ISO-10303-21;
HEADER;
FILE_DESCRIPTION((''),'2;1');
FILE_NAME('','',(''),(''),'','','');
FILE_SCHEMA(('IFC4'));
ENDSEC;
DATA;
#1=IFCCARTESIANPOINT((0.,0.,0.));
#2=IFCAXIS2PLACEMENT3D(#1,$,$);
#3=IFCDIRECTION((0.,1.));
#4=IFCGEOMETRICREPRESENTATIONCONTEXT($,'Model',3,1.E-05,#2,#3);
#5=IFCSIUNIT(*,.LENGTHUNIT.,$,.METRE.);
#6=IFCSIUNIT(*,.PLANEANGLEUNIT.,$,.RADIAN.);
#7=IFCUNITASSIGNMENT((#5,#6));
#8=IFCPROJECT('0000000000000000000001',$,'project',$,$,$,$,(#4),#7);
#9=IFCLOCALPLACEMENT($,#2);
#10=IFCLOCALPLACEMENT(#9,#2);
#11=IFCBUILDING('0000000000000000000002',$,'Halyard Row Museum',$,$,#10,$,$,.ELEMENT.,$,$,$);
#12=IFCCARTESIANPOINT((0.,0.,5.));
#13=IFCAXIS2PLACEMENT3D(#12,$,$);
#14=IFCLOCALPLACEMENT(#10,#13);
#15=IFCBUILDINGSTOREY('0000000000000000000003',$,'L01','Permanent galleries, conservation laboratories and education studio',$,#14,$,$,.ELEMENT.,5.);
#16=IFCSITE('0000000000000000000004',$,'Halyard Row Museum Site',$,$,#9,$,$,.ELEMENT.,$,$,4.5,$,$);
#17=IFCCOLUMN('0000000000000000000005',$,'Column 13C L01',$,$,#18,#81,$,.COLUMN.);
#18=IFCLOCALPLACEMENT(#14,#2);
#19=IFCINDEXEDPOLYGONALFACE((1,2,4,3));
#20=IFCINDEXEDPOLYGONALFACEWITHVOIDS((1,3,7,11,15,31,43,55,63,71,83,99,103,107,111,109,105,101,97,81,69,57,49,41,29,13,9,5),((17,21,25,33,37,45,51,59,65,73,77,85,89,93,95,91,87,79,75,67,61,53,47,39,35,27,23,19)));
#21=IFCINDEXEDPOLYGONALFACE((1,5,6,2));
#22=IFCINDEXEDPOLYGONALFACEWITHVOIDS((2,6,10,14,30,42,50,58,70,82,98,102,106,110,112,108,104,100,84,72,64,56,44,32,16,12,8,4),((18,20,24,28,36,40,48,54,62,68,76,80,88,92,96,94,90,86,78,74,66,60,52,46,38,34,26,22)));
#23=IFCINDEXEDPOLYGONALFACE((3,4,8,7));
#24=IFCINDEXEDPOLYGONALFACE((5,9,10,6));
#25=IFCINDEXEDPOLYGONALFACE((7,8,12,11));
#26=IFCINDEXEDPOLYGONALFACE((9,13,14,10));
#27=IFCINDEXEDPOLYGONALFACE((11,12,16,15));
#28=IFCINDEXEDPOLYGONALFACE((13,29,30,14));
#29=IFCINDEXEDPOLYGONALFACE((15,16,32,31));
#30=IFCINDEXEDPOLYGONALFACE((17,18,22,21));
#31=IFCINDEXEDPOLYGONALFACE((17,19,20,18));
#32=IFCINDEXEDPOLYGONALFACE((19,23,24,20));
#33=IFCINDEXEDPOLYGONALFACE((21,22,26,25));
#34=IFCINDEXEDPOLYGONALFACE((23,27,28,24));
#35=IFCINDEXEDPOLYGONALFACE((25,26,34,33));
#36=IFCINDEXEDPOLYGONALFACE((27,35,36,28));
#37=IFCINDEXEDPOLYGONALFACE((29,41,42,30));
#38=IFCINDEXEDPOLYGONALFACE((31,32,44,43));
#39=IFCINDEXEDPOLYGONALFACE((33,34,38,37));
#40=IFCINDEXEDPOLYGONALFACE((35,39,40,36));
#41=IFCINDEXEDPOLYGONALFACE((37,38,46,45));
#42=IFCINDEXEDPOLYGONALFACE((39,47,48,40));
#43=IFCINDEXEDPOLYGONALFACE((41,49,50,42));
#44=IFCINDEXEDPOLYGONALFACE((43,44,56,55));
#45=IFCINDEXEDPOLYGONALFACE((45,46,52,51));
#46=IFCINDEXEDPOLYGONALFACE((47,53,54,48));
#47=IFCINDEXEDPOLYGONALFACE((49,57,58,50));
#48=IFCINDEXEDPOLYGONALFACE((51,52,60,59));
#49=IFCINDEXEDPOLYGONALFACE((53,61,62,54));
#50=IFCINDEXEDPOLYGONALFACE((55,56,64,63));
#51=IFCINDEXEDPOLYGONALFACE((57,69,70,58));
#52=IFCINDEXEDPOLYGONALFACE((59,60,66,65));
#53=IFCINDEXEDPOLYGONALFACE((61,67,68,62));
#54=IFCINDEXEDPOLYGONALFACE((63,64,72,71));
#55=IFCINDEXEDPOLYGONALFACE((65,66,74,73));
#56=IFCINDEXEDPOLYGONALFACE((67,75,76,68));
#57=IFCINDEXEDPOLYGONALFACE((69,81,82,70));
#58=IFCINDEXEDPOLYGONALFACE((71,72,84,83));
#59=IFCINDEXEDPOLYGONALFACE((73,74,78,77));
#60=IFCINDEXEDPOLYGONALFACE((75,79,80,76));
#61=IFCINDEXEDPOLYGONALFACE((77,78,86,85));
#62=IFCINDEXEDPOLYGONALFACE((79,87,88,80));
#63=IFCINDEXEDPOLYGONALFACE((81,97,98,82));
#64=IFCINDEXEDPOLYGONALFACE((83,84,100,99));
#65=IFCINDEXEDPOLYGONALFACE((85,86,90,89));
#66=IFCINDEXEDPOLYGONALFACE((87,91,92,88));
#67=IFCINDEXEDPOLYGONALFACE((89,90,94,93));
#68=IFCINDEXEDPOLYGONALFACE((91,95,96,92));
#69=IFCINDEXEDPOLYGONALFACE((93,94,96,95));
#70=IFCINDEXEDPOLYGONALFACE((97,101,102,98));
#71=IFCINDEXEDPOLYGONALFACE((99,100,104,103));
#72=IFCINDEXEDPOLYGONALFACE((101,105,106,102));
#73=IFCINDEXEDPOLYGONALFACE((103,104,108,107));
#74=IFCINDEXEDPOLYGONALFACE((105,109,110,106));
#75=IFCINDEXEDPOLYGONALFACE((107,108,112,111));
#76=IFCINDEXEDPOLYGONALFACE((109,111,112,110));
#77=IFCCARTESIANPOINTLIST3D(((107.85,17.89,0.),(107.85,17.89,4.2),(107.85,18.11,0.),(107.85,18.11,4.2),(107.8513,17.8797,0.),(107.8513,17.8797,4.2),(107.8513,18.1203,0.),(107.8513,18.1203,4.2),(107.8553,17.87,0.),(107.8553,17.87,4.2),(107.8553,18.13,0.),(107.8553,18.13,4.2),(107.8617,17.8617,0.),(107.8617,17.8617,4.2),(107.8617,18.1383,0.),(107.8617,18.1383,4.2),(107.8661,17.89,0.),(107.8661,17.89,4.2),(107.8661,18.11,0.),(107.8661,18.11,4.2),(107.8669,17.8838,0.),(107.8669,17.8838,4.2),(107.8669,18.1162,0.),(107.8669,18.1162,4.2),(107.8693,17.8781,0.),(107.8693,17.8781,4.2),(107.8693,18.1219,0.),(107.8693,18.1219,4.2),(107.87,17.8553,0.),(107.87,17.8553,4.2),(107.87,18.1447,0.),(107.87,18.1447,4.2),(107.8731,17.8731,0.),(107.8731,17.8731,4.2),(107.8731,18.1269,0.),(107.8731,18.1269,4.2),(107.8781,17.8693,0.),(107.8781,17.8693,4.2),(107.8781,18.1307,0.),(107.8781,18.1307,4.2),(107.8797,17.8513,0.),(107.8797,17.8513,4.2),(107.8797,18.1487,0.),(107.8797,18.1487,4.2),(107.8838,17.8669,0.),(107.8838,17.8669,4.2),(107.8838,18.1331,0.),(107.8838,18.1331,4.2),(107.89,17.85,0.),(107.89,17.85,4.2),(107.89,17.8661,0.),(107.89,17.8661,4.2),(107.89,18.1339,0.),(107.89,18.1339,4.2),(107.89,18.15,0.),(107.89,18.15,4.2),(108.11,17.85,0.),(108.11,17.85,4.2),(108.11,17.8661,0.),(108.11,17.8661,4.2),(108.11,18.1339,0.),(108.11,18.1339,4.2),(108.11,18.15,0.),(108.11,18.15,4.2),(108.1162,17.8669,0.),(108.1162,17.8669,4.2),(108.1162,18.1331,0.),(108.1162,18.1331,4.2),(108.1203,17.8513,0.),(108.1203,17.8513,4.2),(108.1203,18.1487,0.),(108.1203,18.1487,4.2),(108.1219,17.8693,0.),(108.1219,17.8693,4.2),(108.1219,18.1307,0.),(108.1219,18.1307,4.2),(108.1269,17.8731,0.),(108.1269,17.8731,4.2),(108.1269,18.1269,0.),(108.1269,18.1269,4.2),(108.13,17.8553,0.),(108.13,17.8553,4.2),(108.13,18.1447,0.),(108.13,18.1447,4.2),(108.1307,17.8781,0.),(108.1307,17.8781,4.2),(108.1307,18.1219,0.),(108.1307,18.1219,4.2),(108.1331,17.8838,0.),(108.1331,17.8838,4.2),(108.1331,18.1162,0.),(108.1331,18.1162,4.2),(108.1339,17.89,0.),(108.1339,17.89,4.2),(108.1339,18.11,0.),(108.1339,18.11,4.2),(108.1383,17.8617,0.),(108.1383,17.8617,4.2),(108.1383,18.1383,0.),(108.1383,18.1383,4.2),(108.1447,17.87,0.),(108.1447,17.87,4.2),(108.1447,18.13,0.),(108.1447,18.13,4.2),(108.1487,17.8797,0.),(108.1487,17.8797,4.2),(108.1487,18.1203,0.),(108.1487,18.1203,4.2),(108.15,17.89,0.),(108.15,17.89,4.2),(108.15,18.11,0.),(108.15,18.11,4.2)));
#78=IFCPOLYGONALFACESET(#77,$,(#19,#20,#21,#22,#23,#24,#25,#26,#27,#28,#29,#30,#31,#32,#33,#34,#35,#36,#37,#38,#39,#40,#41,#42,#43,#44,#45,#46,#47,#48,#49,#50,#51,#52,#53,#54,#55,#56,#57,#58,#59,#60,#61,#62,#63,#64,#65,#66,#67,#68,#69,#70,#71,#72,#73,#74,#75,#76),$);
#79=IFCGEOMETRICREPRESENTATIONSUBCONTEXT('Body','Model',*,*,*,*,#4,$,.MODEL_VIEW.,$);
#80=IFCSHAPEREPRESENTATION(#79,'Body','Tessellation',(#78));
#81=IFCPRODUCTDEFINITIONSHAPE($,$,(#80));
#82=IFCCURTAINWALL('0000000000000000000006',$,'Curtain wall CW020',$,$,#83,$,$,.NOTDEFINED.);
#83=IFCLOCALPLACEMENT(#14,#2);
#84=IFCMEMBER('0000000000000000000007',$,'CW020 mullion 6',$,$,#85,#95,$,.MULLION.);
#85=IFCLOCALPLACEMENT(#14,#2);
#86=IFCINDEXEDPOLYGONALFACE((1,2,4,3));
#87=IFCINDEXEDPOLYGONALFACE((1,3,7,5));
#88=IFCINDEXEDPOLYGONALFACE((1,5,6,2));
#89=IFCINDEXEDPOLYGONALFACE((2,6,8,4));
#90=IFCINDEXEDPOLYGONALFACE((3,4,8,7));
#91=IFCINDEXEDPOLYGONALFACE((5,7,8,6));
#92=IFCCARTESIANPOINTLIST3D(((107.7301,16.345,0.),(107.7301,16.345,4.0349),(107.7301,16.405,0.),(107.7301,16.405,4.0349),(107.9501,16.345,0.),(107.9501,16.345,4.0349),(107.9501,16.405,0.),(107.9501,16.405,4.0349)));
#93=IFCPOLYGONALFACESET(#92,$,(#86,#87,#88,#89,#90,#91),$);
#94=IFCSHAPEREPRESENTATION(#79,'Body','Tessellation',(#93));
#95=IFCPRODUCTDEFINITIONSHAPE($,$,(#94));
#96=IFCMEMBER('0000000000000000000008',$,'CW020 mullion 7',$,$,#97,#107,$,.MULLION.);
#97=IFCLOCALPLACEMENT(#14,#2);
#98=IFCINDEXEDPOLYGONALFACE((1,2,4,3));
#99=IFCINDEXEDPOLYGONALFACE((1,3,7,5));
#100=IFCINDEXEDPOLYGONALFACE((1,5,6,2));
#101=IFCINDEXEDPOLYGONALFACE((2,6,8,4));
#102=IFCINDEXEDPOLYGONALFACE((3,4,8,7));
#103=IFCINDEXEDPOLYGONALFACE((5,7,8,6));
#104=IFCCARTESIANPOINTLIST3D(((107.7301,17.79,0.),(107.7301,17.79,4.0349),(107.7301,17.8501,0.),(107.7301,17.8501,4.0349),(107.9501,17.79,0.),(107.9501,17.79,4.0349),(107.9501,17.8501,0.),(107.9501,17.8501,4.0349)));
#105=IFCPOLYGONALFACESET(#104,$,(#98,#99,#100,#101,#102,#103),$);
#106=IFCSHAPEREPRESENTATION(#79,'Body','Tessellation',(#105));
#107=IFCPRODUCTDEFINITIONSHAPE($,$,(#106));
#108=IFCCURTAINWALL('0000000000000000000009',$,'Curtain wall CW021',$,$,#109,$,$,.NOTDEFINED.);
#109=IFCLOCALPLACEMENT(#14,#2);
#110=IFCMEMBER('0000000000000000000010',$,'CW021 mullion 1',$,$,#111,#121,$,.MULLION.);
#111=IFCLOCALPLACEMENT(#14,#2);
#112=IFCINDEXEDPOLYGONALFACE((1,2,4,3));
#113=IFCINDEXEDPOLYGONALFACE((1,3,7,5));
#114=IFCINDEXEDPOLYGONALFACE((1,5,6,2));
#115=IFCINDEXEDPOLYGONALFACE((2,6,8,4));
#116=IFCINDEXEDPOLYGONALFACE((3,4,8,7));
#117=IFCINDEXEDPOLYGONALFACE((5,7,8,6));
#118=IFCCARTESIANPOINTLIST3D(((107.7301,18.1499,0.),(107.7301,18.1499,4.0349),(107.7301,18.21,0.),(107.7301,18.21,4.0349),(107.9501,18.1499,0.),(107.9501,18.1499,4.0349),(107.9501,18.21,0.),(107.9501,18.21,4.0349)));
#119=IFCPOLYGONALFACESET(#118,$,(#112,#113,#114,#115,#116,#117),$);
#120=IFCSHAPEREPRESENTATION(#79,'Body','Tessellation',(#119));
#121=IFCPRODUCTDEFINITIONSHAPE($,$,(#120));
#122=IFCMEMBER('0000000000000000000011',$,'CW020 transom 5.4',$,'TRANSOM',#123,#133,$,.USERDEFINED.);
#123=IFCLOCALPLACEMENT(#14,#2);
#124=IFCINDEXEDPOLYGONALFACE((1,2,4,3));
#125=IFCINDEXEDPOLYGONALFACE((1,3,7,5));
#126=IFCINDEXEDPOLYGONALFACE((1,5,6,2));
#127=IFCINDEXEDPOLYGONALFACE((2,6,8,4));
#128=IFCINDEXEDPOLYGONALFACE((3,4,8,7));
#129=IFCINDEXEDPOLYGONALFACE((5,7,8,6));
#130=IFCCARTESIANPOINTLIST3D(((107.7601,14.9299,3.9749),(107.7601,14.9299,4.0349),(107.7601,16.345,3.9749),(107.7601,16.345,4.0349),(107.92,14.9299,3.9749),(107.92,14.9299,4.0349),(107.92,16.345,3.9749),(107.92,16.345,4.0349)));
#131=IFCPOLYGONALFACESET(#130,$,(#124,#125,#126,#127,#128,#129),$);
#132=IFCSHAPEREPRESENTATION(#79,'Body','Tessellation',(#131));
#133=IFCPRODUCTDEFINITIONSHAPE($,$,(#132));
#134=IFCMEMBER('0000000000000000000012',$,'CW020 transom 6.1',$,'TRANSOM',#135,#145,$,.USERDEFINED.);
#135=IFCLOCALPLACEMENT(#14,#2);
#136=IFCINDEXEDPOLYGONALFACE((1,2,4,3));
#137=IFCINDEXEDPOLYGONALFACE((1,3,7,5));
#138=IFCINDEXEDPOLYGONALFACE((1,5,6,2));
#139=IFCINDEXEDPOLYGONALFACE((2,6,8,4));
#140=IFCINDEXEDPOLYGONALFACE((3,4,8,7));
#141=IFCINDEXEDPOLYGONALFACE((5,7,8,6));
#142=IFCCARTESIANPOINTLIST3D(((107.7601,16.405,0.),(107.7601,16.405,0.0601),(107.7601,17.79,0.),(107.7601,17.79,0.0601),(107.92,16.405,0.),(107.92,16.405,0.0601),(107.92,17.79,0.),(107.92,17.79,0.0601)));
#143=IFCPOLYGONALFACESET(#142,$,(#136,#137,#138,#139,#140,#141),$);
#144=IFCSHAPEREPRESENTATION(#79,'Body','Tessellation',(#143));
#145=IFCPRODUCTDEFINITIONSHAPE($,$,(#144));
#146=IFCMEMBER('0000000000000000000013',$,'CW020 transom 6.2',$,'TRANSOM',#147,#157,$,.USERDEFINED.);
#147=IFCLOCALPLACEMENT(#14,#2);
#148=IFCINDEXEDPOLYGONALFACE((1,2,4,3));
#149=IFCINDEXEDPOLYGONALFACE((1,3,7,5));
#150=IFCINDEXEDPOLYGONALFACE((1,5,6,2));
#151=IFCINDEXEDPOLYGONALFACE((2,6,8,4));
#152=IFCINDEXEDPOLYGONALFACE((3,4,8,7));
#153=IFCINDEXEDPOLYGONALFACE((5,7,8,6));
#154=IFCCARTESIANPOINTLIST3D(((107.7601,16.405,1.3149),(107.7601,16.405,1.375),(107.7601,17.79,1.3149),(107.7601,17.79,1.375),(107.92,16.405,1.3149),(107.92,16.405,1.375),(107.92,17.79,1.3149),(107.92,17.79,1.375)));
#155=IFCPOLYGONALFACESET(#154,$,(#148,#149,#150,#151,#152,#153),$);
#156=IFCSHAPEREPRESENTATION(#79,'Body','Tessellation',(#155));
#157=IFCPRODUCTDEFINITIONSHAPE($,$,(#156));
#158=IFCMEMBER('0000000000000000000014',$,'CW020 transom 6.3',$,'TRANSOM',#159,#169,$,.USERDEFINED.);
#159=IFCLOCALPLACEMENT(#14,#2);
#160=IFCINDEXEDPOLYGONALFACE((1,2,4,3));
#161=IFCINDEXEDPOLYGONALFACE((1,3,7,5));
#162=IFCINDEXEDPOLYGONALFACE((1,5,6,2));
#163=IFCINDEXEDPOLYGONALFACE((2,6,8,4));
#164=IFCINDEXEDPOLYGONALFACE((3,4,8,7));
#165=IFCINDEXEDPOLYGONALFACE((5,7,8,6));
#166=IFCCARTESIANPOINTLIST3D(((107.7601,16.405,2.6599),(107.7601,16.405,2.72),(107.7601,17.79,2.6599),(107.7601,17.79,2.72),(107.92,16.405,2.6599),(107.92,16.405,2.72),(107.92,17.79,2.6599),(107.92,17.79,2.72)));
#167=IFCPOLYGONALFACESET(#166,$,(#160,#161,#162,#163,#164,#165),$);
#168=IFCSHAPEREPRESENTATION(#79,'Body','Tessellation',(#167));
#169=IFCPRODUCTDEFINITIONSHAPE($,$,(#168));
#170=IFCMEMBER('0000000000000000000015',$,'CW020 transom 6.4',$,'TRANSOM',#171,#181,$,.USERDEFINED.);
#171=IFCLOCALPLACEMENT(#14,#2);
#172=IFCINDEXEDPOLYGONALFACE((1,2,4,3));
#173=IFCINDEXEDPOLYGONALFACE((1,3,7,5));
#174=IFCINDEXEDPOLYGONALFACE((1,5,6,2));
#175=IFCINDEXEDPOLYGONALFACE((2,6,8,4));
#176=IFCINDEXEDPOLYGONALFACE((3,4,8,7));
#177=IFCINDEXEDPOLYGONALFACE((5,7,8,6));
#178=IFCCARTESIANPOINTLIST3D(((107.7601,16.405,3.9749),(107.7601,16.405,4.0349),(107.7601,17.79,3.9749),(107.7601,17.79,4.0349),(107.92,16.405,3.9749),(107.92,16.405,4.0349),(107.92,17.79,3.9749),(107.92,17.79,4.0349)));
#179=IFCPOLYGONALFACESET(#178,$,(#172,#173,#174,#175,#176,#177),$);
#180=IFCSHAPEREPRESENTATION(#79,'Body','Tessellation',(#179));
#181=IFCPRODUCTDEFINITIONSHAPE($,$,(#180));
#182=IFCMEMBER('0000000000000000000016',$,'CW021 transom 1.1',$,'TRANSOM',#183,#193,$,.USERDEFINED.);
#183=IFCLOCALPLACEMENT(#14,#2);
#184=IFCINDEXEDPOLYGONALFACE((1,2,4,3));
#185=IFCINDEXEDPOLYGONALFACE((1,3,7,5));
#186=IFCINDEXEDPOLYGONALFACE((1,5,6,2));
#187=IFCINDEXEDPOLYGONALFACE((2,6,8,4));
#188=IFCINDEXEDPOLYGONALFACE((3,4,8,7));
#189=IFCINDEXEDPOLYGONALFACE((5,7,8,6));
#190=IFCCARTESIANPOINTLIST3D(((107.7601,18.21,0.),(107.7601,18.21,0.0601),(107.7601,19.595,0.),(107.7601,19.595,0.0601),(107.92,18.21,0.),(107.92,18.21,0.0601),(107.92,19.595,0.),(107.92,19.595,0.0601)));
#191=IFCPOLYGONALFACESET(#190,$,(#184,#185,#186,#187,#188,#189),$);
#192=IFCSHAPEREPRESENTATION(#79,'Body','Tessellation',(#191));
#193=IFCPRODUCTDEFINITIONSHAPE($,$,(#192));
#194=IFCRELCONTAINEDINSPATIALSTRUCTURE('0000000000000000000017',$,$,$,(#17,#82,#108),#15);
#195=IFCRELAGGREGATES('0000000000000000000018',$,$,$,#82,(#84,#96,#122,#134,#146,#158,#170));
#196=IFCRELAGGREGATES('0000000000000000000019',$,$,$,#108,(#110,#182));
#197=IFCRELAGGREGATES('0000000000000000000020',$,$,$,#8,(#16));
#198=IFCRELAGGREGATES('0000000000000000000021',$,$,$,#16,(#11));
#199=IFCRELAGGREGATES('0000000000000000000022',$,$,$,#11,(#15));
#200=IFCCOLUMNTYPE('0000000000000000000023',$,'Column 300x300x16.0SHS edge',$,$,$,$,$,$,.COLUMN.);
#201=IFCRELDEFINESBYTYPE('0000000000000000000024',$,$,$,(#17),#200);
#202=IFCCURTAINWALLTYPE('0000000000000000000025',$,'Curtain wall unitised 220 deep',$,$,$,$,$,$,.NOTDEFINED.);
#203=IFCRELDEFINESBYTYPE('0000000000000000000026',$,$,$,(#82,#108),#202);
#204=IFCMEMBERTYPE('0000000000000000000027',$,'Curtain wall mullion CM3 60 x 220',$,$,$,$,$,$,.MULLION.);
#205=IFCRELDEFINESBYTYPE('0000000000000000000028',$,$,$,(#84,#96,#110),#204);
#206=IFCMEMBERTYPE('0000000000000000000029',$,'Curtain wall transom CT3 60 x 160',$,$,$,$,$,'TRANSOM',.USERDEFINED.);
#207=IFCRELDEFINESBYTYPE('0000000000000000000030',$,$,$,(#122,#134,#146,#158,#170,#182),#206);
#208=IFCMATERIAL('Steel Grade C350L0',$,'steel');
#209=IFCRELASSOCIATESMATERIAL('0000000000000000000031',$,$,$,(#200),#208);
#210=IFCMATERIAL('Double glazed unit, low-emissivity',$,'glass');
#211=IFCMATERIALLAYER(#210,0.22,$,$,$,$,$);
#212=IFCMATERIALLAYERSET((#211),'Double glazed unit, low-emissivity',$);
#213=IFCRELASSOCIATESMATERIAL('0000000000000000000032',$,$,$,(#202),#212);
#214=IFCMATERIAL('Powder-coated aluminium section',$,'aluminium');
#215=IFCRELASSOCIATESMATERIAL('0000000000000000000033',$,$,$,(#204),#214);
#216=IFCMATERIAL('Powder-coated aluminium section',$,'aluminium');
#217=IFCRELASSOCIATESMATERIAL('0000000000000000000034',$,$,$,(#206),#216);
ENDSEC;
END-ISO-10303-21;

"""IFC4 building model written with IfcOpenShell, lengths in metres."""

from ifc_helpers import new_model, si_unit, direction, frame, origin, origin_2d, place, context, subcontext, project, spatial, rectangle, hollow_rectangle, extrude, material, layer, layer_set, material_profile, profile_set, type_object, element, aggregate, save


model = new_model("IFC4")

# Units and contexts
model_context = context("Model", 3, precision=1e-05, world=origin(), true_north=direction((0.0, 1.0)))
body_context = subcontext(model_context, "Body", "Model", "MODEL_VIEW")
ifc_project = project(units=[si_unit("LENGTHUNIT", "METRE"), si_unit("PLANEANGLEUNIT", "RADIAN")], contexts=[model_context])

# Site, building, storey
site_placement = place(None, origin())
site = spatial("IfcSite", under=ifc_project, at=site_placement, Name="Halyard Row Museum Site", CompositionType="ELEMENT", RefElevation=4.5)
building_placement = place(site_placement, origin())
building = spatial("IfcBuilding", under=site, at=building_placement, Name="Halyard Row Museum", CompositionType="ELEMENT")
storey_placement = place(building_placement, frame((0.0, 0.0, 5.0)))
storey = spatial("IfcBuildingStorey", under=building, at=storey_placement, Name="L01", Description="Permanent galleries, conservation laboratories and education studio", CompositionType="ELEMENT", Elevation=5.0)

# Column
ifc_material_1 = material(Name="Steel Grade C350L0", Category="steel")
ifc_material_profile_1 = material_profile(ifc_material_1, hollow_rectangle(XDim=0.3, YDim=0.3, WallThickness=0.0161, InnerFilletRadius=0.0239, OuterFilletRadius=0.04, at=origin_2d()), Name="300x300x16.0SHS")
ifc_profile_set_1 = profile_set([ifc_material_profile_1], Name="Steel Grade C350L0")
column_type = type_object("IfcColumnType", Name="Column 300x300x16.0SHS edge", PredefinedType="COLUMN", material=ifc_profile_set_1)
column_placement = place(storey_placement, frame((108.0, 18.0, 0.0), z_axis=(0.0, 0.0, 1.0), x_axis=(1.0, 0.0, 0.0)))
element("IfcColumn", 1, at=column_placement, inside=storey, type_object=column_type, Name="Column 13C L01", PredefinedType="COLUMN", context=body_context, shape_type="SweptSolid", body=[
    extrude(hollow_rectangle(XDim=0.3, YDim=0.3, WallThickness=0.0161, InnerFilletRadius=0.0239, OuterFilletRadius=0.04, at=origin_2d()), origin(), (0.0, 0.0, 1.0), 4.2),
])

# Curtain wall, members
ifc_material_2 = material(Name="Double glazed unit, low-emissivity", Category="glass")
ifc_layer_1 = layer(ifc_material_2, 0.22)
ifc_layer_set_1 = layer_set([ifc_layer_1], Name="Double glazed unit, low-emissivity")
curtain_wall_type = type_object("IfcCurtainWallType", Name="Curtain wall unitised 220 deep", PredefinedType="NOTDEFINED", material=ifc_layer_set_1)
curtain_wall_1_placement = place(storey_placement, origin())
curtain_wall_1 = element("IfcCurtainWall", 2, at=curtain_wall_1_placement, inside=storey, type_object=curtain_wall_type, Name="Curtain wall CW020", PredefinedType="NOTDEFINED")
ifc_material_3 = material(Name="Powder-coated aluminium section", Category="aluminium")
ifc_material_profile_2 = material_profile(ifc_material_3, rectangle(XDim=0.22, YDim=0.0601, at=origin_2d()), Name="220x60 mullion")
ifc_profile_set_2 = profile_set([ifc_material_profile_2], Name="Powder-coated aluminium section")
member_type_1 = type_object("IfcMemberType", Name="Curtain wall mullion CM3 60 x 220", PredefinedType="MULLION", material=ifc_profile_set_2)
member_1_placement = place(storey_placement, frame((107.8401, 16.375, 0.0), z_axis=(0.0, 0.0, 1.0), x_axis=(-1.0, 0.0, 0.0)))
member_1 = element("IfcMember", 3, at=member_1_placement, type_object=member_type_1, Name="CW020 mullion 6", PredefinedType="MULLION", context=body_context, shape_type="SweptSolid", body=[
    extrude(rectangle(XDim=0.22, YDim=0.0601, at=origin_2d()), origin(), (0.0, 0.0, 1.0), 4.0349),
])
member_2_placement = place(storey_placement, frame((107.8401, 17.8201, 0.0), z_axis=(0.0, 0.0, 1.0), x_axis=(-1.0, 0.0, 0.0)))
member_2 = element("IfcMember", 4, at=member_2_placement, type_object=member_type_1, Name="CW020 mullion 7", PredefinedType="MULLION", context=body_context, shape_type="SweptSolid", body=[
    extrude(rectangle(XDim=0.22, YDim=0.0601, at=origin_2d()), origin(), (0.0, 0.0, 1.0), 4.0349),
])

# Curtain wall, member
curtain_wall_2_placement = place(storey_placement, origin())
curtain_wall_2 = element("IfcCurtainWall", 5, at=curtain_wall_2_placement, inside=storey, type_object=curtain_wall_type, Name="Curtain wall CW021", PredefinedType="NOTDEFINED")
member_3_placement = place(storey_placement, frame((107.8401, 18.1799, 0.0), z_axis=(0.0, 0.0, 1.0), x_axis=(-1.0, 0.0, 0.0)))
member_3 = element("IfcMember", 6, at=member_3_placement, type_object=member_type_1, Name="CW021 mullion 1", PredefinedType="MULLION", context=body_context, shape_type="SweptSolid", body=[
    extrude(rectangle(XDim=0.22, YDim=0.0601, at=origin_2d()), origin(), (0.0, 0.0, 1.0), 4.0349),
])

# Members
ifc_material_4 = material(Name="Powder-coated aluminium section", Category="aluminium")
ifc_material_profile_3 = material_profile(ifc_material_4, rectangle(XDim=0.1599, YDim=0.0601, at=origin_2d()), Name="160x60 transom")
ifc_profile_set_3 = profile_set([ifc_material_profile_3], Name="Powder-coated aluminium section")
member_type_2 = type_object("IfcMemberType", Name="Curtain wall transom CT3 60 x 160", ElementType="TRANSOM", PredefinedType="USERDEFINED", material=ifc_profile_set_3)
member_4_placement = place(storey_placement, frame((107.8401, 14.9299, 4.0049), z_axis=(0.0, 1.0, 0.0), x_axis=(-1.0, 0.0, 0.0)))
member_4 = element("IfcMember", 7, at=member_4_placement, type_object=member_type_2, Name="CW020 transom 5.4", ObjectType="TRANSOM", PredefinedType="USERDEFINED", context=body_context, shape_type="SweptSolid", body=[
    extrude(rectangle(XDim=0.1599, YDim=0.0601, at=origin_2d()), origin(), (0.0, 0.0, 1.0), 1.415),
])
member_5_placement = place(storey_placement, frame((107.8401, 16.405, 0.03), z_axis=(0.0, 1.0, 0.0), x_axis=(-1.0, 0.0, 0.0)))
member_5 = element("IfcMember", 8, at=member_5_placement, type_object=member_type_2, Name="CW020 transom 6.1", ObjectType="TRANSOM", PredefinedType="USERDEFINED", context=body_context, shape_type="SweptSolid", body=[
    extrude(rectangle(XDim=0.1599, YDim=0.0601, at=origin_2d()), origin(), (0.0, 0.0, 1.0), 1.385),
])
member_6_placement = place(storey_placement, frame((107.8401, 16.405, 1.345), z_axis=(0.0, 1.0, 0.0), x_axis=(-1.0, 0.0, 0.0)))
member_6 = element("IfcMember", 9, at=member_6_placement, type_object=member_type_2, Name="CW020 transom 6.2", ObjectType="TRANSOM", PredefinedType="USERDEFINED", context=body_context, shape_type="SweptSolid", body=[
    extrude(rectangle(XDim=0.1599, YDim=0.0601, at=origin_2d()), origin(), (0.0, 0.0, 1.0), 1.385),
])
member_7_placement = place(storey_placement, frame((107.8401, 16.405, 2.6899), z_axis=(0.0, 1.0, 0.0), x_axis=(-1.0, 0.0, 0.0)))
member_7 = element("IfcMember", 10, at=member_7_placement, type_object=member_type_2, Name="CW020 transom 6.3", ObjectType="TRANSOM", PredefinedType="USERDEFINED", context=body_context, shape_type="SweptSolid", body=[
    extrude(rectangle(XDim=0.1599, YDim=0.0601, at=origin_2d()), origin(), (0.0, 0.0, 1.0), 1.385),
])
member_8_placement = place(storey_placement, frame((107.8401, 16.405, 4.0049), z_axis=(0.0, 1.0, 0.0), x_axis=(-1.0, 0.0, 0.0)))
member_8 = element("IfcMember", 11, at=member_8_placement, type_object=member_type_2, Name="CW020 transom 6.4", ObjectType="TRANSOM", PredefinedType="USERDEFINED", context=body_context, shape_type="SweptSolid", body=[
    extrude(rectangle(XDim=0.1599, YDim=0.0601, at=origin_2d()), origin(), (0.0, 0.0, 1.0), 1.385),
])
member_9_placement = place(storey_placement, frame((107.8401, 18.21, 0.03), z_axis=(0.0, 1.0, 0.0), x_axis=(-1.0, 0.0, 0.0)))
member_9 = element("IfcMember", 12, at=member_9_placement, type_object=member_type_2, Name="CW021 transom 1.1", ObjectType="TRANSOM", PredefinedType="USERDEFINED", context=body_context, shape_type="SweptSolid", body=[
    extrude(rectangle(XDim=0.1599, YDim=0.0601, at=origin_2d()), origin(), (0.0, 0.0, 1.0), 1.385),
])

aggregate(curtain_wall_1, [member_1, member_2, member_4, member_5, member_6, member_7, member_8])
aggregate(curtain_wall_2, [member_3, member_9])

save(model, "model.ifc")
